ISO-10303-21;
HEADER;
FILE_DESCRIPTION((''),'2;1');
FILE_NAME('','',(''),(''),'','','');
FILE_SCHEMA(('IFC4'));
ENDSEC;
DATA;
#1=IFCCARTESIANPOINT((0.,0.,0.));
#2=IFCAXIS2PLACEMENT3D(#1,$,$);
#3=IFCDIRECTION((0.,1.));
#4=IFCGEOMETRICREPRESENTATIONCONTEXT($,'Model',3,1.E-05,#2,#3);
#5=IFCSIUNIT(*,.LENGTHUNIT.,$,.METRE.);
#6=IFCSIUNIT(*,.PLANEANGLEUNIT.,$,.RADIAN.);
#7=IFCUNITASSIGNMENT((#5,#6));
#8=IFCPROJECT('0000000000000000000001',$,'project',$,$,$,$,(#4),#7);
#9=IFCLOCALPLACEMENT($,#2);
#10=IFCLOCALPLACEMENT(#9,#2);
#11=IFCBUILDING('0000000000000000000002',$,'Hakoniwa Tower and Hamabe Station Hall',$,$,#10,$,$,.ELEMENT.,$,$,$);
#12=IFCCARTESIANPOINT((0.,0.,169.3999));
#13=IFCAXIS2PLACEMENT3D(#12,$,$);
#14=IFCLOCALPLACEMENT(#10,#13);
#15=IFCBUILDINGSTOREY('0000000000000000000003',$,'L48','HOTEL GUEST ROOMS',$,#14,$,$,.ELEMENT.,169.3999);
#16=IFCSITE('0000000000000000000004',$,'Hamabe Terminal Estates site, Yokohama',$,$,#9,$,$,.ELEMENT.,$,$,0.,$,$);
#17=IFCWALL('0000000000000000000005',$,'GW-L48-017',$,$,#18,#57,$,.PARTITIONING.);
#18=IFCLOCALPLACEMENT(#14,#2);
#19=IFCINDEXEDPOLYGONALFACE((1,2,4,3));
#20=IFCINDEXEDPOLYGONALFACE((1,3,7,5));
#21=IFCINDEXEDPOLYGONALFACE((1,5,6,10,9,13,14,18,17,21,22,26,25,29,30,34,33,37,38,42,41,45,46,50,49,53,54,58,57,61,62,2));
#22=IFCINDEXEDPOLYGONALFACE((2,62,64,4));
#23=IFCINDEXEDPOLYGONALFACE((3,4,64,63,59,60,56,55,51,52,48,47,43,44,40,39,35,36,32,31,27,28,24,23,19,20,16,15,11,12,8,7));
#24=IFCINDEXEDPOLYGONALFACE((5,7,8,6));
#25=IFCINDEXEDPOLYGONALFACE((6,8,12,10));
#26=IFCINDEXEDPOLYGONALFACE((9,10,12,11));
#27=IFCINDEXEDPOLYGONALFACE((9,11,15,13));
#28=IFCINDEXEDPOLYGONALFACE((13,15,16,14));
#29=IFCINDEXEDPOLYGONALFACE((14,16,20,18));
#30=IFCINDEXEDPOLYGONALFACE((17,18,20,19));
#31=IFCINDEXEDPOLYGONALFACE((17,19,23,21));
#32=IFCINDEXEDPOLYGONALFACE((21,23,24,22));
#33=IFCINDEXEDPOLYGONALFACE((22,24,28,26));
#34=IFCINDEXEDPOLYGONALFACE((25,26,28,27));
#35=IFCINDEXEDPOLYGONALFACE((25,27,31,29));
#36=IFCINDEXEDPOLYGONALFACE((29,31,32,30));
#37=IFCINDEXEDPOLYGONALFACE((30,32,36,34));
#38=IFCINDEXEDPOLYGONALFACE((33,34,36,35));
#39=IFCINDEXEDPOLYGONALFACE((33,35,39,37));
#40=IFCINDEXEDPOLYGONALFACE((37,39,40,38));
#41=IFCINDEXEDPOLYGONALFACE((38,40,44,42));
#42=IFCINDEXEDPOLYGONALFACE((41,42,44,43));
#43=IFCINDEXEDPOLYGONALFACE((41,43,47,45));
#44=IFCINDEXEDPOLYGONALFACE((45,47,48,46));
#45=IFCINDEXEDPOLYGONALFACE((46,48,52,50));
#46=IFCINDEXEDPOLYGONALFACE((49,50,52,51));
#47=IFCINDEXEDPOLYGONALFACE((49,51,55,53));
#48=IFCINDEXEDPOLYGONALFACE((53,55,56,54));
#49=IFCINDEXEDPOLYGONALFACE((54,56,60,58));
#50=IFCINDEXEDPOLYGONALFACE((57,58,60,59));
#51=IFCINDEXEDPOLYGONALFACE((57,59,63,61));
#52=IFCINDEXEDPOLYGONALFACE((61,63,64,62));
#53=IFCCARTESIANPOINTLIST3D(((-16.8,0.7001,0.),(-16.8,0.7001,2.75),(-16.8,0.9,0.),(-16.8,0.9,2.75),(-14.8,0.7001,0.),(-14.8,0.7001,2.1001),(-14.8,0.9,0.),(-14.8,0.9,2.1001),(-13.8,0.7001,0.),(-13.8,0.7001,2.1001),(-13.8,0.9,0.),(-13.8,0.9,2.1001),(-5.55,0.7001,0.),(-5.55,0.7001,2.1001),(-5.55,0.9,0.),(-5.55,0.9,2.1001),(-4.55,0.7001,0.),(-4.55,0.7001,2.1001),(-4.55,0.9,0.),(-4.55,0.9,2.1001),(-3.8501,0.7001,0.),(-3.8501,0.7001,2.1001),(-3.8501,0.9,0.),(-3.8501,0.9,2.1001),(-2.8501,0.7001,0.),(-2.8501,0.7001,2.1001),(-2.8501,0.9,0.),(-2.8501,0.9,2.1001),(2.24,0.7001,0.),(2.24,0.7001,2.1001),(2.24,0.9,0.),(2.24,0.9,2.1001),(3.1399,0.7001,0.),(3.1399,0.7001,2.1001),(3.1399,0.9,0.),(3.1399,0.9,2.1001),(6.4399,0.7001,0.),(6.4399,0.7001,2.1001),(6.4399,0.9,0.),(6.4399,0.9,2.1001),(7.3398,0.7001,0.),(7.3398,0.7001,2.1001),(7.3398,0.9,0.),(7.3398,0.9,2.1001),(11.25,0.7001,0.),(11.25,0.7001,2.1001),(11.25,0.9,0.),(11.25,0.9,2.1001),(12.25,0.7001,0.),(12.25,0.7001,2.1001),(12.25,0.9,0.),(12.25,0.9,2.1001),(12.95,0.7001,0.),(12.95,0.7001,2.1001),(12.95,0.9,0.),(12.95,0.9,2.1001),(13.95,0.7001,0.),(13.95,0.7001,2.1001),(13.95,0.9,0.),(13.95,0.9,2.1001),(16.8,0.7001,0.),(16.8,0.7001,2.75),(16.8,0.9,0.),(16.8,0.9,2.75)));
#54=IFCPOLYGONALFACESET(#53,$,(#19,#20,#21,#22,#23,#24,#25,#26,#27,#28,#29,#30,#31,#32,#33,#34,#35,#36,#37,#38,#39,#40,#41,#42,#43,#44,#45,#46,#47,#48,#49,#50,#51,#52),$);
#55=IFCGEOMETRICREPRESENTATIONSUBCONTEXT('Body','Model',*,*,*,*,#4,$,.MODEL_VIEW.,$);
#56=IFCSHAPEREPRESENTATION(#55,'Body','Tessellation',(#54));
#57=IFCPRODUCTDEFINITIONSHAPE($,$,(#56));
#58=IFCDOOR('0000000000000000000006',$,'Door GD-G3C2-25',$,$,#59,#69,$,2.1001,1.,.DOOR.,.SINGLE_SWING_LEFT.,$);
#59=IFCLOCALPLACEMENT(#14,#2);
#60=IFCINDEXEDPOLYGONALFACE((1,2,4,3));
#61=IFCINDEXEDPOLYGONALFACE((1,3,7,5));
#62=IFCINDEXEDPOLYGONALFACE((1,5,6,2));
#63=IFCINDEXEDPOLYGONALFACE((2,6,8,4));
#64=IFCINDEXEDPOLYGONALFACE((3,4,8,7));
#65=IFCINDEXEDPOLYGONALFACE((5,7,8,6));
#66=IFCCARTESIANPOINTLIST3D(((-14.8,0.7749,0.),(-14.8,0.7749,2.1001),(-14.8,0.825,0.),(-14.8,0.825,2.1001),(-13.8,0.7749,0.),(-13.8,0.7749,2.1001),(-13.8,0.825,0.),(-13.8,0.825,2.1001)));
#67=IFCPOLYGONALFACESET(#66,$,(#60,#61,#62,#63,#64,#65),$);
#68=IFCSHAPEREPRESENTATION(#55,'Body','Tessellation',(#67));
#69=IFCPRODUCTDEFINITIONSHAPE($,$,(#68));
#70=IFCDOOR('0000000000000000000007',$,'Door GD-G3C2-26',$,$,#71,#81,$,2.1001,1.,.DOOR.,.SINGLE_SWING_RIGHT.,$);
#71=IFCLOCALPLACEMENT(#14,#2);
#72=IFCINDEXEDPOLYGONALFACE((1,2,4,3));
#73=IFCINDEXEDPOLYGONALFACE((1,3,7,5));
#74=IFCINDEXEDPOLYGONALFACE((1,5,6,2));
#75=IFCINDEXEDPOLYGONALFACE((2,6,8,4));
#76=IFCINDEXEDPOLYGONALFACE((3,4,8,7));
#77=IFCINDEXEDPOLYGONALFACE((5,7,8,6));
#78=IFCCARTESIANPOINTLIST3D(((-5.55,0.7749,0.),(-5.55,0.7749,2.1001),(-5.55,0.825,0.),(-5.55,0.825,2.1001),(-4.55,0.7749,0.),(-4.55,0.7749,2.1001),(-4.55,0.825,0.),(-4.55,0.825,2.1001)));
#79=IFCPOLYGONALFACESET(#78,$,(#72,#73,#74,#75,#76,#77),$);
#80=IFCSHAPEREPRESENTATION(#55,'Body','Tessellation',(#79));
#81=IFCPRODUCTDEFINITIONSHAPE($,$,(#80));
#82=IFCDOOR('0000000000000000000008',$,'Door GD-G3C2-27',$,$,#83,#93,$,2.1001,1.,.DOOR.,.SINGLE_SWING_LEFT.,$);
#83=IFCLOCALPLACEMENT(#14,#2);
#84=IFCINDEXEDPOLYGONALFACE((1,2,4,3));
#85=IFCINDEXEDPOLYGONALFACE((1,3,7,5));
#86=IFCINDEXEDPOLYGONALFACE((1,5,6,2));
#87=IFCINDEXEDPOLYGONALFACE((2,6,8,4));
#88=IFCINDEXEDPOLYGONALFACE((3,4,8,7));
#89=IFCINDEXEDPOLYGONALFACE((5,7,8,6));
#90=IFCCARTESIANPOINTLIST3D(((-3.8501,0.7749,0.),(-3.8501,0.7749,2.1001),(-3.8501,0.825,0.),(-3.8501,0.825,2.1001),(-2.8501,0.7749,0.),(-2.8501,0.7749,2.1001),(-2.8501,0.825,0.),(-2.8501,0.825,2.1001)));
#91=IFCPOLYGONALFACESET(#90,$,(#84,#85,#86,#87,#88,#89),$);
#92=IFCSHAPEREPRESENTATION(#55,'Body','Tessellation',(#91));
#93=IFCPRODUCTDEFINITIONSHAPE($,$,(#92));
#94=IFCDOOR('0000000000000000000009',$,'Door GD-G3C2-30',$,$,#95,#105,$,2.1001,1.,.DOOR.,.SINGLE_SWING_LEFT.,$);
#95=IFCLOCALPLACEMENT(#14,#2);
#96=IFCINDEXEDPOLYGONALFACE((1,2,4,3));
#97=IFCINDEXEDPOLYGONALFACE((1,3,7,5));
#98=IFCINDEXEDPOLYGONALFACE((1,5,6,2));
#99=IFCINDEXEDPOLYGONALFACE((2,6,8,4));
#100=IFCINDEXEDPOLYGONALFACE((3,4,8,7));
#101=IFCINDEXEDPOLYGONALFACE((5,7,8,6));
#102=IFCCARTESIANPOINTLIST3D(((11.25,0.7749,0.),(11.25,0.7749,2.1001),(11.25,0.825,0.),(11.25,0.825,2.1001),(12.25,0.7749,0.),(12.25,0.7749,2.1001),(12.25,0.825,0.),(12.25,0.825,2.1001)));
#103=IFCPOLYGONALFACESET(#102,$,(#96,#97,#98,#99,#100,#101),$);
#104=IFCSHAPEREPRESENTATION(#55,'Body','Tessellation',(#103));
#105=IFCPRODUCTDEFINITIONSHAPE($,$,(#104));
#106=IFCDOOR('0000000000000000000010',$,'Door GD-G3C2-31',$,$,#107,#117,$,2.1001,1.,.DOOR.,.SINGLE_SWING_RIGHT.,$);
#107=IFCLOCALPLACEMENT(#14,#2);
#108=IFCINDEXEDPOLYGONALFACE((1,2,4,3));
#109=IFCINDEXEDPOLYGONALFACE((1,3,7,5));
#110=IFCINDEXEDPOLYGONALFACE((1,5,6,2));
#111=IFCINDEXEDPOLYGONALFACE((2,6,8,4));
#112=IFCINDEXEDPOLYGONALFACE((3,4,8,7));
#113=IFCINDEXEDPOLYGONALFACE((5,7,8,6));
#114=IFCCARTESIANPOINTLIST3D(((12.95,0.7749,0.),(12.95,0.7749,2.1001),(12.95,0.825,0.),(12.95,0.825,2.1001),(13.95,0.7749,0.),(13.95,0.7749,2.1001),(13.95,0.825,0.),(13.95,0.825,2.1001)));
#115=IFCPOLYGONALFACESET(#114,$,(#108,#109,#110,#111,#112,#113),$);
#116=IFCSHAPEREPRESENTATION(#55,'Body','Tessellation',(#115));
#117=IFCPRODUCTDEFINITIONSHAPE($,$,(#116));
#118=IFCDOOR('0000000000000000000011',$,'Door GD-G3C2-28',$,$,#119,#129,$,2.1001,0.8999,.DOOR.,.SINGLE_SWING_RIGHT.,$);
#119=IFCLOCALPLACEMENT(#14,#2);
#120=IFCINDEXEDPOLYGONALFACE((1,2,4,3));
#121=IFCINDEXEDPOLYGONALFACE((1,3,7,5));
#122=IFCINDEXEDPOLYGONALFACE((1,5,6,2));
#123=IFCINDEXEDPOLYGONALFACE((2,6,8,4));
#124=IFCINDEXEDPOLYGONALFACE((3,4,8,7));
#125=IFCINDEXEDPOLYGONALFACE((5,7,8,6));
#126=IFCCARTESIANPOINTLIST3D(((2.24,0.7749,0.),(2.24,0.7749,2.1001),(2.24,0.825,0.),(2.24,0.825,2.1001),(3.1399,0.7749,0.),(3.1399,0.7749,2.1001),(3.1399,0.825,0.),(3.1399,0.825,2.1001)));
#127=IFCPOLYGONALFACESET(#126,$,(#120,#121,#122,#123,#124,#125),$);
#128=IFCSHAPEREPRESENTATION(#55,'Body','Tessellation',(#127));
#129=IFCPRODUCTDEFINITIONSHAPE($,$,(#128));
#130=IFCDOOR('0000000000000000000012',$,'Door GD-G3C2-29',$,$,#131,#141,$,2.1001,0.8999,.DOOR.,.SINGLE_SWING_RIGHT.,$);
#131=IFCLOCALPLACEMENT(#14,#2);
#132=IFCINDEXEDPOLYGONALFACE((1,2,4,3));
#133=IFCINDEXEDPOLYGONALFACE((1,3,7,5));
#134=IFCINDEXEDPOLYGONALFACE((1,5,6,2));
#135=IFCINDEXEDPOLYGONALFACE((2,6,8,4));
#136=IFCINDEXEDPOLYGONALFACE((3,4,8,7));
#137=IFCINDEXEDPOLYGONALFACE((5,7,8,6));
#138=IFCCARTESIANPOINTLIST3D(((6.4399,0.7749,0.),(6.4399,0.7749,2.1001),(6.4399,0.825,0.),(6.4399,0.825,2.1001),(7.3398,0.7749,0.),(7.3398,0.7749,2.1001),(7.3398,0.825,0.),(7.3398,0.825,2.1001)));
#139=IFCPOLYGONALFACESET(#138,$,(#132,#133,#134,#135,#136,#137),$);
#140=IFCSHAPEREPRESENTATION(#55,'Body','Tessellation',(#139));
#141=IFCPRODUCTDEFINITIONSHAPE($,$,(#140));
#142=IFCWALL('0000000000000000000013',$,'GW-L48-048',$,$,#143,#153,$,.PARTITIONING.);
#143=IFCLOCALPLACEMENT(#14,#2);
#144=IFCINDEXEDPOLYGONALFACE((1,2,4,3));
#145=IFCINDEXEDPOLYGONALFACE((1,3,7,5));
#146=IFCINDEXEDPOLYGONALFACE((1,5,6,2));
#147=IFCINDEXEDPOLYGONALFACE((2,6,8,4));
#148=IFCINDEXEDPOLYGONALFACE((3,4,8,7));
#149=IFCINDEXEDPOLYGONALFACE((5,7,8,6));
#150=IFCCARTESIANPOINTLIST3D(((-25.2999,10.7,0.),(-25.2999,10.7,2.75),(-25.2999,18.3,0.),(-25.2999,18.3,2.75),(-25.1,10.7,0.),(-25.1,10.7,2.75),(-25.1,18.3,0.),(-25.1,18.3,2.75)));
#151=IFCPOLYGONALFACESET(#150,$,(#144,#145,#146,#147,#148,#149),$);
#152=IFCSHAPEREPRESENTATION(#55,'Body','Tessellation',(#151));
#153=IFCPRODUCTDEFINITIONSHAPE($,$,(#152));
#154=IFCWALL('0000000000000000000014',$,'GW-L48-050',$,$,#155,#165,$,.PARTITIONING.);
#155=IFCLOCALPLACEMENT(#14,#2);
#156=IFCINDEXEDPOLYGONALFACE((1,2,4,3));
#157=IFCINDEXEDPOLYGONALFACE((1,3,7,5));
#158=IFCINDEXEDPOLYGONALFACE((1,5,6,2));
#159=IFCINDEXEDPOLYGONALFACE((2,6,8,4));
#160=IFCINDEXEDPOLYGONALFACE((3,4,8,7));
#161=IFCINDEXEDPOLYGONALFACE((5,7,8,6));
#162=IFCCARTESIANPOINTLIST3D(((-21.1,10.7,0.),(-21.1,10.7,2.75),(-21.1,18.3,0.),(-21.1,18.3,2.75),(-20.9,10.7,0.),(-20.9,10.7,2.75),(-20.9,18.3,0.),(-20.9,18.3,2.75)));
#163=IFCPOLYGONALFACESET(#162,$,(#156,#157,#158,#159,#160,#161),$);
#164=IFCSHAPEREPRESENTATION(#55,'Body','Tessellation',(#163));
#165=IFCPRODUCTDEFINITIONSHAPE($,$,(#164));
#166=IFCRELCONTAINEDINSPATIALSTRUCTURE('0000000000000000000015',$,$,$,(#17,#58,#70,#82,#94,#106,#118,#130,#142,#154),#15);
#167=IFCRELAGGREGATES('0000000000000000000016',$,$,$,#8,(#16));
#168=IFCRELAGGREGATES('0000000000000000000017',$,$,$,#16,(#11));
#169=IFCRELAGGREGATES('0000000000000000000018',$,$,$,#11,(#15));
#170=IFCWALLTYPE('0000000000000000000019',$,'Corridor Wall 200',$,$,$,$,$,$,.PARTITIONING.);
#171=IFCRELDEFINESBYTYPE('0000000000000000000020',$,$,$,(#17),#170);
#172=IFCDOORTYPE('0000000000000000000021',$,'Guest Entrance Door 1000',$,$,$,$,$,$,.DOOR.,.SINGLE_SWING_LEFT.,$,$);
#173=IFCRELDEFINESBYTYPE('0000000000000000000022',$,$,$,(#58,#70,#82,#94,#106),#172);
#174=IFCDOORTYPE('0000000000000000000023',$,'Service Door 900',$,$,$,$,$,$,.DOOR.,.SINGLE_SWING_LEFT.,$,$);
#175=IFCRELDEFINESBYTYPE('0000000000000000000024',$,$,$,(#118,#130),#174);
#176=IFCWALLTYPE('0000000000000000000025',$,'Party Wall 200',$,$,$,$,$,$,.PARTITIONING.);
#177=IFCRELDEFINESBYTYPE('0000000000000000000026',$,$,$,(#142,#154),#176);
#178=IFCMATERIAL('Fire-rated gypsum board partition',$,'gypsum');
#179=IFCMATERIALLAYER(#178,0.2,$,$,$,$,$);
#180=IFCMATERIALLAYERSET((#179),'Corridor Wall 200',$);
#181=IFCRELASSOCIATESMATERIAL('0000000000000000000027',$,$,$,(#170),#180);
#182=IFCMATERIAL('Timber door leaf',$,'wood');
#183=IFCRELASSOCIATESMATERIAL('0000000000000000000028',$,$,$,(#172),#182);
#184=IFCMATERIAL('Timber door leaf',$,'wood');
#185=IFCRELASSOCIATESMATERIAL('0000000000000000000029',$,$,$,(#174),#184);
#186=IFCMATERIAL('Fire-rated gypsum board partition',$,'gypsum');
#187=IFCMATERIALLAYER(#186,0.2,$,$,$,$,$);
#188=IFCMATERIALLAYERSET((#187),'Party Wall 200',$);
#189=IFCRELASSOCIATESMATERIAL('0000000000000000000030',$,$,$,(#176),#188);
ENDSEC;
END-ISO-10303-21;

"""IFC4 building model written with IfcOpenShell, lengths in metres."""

from ifc_helpers import new_model, si_unit, direction, frame, frame_2d, origin, place, context, subcontext, project, spatial, rectangle, extrude, material, layer, layer_set, type_object, element, fill, save


model = new_model("IFC4")

# Units and contexts
model_context = context("Model", 3, precision=1e-05, world=origin(), true_north=direction((0.0, 1.0)))
body_context = subcontext(model_context, "Body", "Model", "MODEL_VIEW")
ifc_project = project(units=[si_unit("LENGTHUNIT", "METRE"), si_unit("PLANEANGLEUNIT", "RADIAN")], contexts=[model_context])

# Site, building, storey
site_placement = place(None, origin())
site = spatial("IfcSite", under=ifc_project, at=site_placement, Name="Hamabe Terminal Estates site, Yokohama", CompositionType="ELEMENT", RefElevation=0.0)
building_placement = place(site_placement, origin())
building = spatial("IfcBuilding", under=site, at=building_placement, Name="Hakoniwa Tower and Hamabe Station Hall", CompositionType="ELEMENT")
storey_placement = place(building_placement, frame((0.0, 0.0, 169.3999)))
storey = spatial("IfcBuildingStorey", under=building, at=storey_placement, Name="L48", Description="HOTEL GUEST ROOMS", CompositionType="ELEMENT", Elevation=169.3999)

# Wall, openings, doors
ifc_material_1 = material(Name="Fire-rated gypsum board partition", Category="gypsum")
ifc_layer_1 = layer(ifc_material_1, 0.2)
ifc_layer_set_1 = layer_set([ifc_layer_1], Name="Corridor Wall 200")
wall_type_1 = type_object("IfcWallType", Name="Corridor Wall 200", PredefinedType="PARTITIONING", material=ifc_layer_set_1)
wall_1_placement = place(storey_placement, frame((-16.8, 0.8, 0.0), z_axis=(0.0, 0.0, 1.0), x_axis=(1.0, 0.0, 0.0)))
wall_1 = element("IfcWall", 1, at=wall_1_placement, inside=storey, type_object=wall_type_1, Name="GW-L48-017", PredefinedType="PARTITIONING", context=body_context, shape_type="SweptSolid", body=[
    extrude(rectangle(XDim=33.6001, YDim=0.2, at=frame_2d((16.8, 0.0))), origin(), (0.0, 0.0, 1.0), 2.75),
])
opening_1_placement = place(wall_1_placement, frame((2.0, 0.0, 0.0)))
opening_1 = element("IfcOpeningElement", 2, at=opening_1_placement, cuts=wall_1, PredefinedType="OPENING", context=body_context, shape_type="SweptSolid", body=[
    extrude(rectangle(XDim=1.0, YDim=2.1001, at=frame_2d((0.5, 1.05))), frame((0.0, 0.1099, 0.0), z_axis=(0.0, -1.0, 0.0), x_axis=(1.0, 0.0, 0.0)), (0.0, 0.0, 1.0), 0.22),
])
opening_2_placement = place(wall_1_placement, frame((11.25, 0.0, 0.0)))
opening_2 = element("IfcOpeningElement", 3, at=opening_2_placement, cuts=wall_1, PredefinedType="OPENING", context=body_context, shape_type="SweptSolid", body=[
    extrude(rectangle(XDim=1.0, YDim=2.1001, at=frame_2d((0.5, 1.05))), frame((0.0, 0.1099, 0.0), z_axis=(0.0, -1.0, 0.0), x_axis=(1.0, 0.0, 0.0)), (0.0, 0.0, 1.0), 0.22),
])
opening_3_placement = place(wall_1_placement, frame((12.95, 0.0, 0.0)))
opening_3 = element("IfcOpeningElement", 4, at=opening_3_placement, cuts=wall_1, PredefinedType="OPENING", context=body_context, shape_type="SweptSolid", body=[
    extrude(rectangle(XDim=1.0, YDim=2.1001, at=frame_2d((0.5, 1.05))), frame((0.0, 0.1099, 0.0), z_axis=(0.0, -1.0, 0.0), x_axis=(1.0, 0.0, 0.0)), (0.0, 0.0, 1.0), 0.22),
])
opening_4_placement = place(wall_1_placement, frame((19.04, 0.0, 0.0)))
opening_4 = element("IfcOpeningElement", 5, at=opening_4_placement, cuts=wall_1, PredefinedType="OPENING", context=body_context, shape_type="SweptSolid", body=[
    extrude(rectangle(XDim=0.8999, YDim=2.1001, at=frame_2d((0.45, 1.05))), frame((0.0, 0.1099, 0.0), z_axis=(0.0, -1.0, 0.0), x_axis=(1.0, 0.0, 0.0)), (0.0, 0.0, 1.0), 0.22),
])
opening_5_placement = place(wall_1_placement, frame((23.24, 0.0, 0.0)))
opening_5 = element("IfcOpeningElement", 6, at=opening_5_placement, cuts=wall_1, PredefinedType="OPENING", context=body_context, shape_type="SweptSolid", body=[
    extrude(rectangle(XDim=0.8999, YDim=2.1001, at=frame_2d((0.45, 1.05))), frame((0.0, 0.1099, 0.0), z_axis=(0.0, -1.0, 0.0), x_axis=(1.0, 0.0, 0.0)), (0.0, 0.0, 1.0), 0.22),
])
opening_6_placement = place(wall_1_placement, frame((28.05, 0.0, 0.0)))
opening_6 = element("IfcOpeningElement", 7, at=opening_6_placement, cuts=wall_1, PredefinedType="OPENING", context=body_context, shape_type="SweptSolid", body=[
    extrude(rectangle(XDim=1.0, YDim=2.1001, at=frame_2d((0.5, 1.05))), frame((0.0, 0.1099, 0.0), z_axis=(0.0, -1.0, 0.0), x_axis=(1.0, 0.0, 0.0)), (0.0, 0.0, 1.0), 0.22),
])
opening_7_placement = place(wall_1_placement, frame((29.75, 0.0, 0.0)))
opening_7 = element("IfcOpeningElement", 8, at=opening_7_placement, cuts=wall_1, PredefinedType="OPENING", context=body_context, shape_type="SweptSolid", body=[
    extrude(rectangle(XDim=1.0, YDim=2.1001, at=frame_2d((0.5, 1.05))), frame((0.0, 0.1099, 0.0), z_axis=(0.0, -1.0, 0.0), x_axis=(1.0, 0.0, 0.0)), (0.0, 0.0, 1.0), 0.22),
])
ifc_material_2 = material(Name="Timber door leaf", Category="wood")
door_type_1 = type_object("IfcDoorType", Name="Guest Entrance Door 1000", OperationType="SINGLE_SWING_LEFT", PredefinedType="DOOR", material=ifc_material_2)
door_1_placement = place(opening_1_placement, origin())
door_1 = element("IfcDoor", 9, at=door_1_placement, inside=storey, type_object=door_type_1, Name="Door GD-G3C2-25", OperationType="SINGLE_SWING_LEFT", OverallHeight=2.1001, OverallWidth=1.0, PredefinedType="DOOR", context=body_context, shape_type="SweptSolid", body=[
    extrude(rectangle(XDim=1.0, YDim=2.1001, at=frame_2d((0.5, 1.05))), frame((0.0, 0.0249, 0.0), z_axis=(0.0, -1.0, 0.0), x_axis=(1.0, 0.0, 0.0)), (0.0, 0.0, 1.0), 0.05),
])
fill(opening_1, door_1)
door_2_placement = place(opening_2_placement, origin())
door_2 = element("IfcDoor", 10, at=door_2_placement, inside=storey, type_object=door_type_1, Name="Door GD-G3C2-26", OperationType="SINGLE_SWING_RIGHT", OverallHeight=2.1001, OverallWidth=1.0, PredefinedType="DOOR", context=body_context, shape_type="SweptSolid", body=[
    extrude(rectangle(XDim=1.0, YDim=2.1001, at=frame_2d((0.5, 1.05))), frame((0.0, 0.0249, 0.0), z_axis=(0.0, -1.0, 0.0), x_axis=(1.0, 0.0, 0.0)), (0.0, 0.0, 1.0), 0.05),
])
fill(opening_2, door_2)
door_3_placement = place(opening_3_placement, origin())
door_3 = element("IfcDoor", 11, at=door_3_placement, inside=storey, type_object=door_type_1, Name="Door GD-G3C2-27", OperationType="SINGLE_SWING_LEFT", OverallHeight=2.1001, OverallWidth=1.0, PredefinedType="DOOR", context=body_context, shape_type="SweptSolid", body=[
    extrude(rectangle(XDim=1.0, YDim=2.1001, at=frame_2d((0.5, 1.05))), frame((0.0, 0.0249, 0.0), z_axis=(0.0, -1.0, 0.0), x_axis=(1.0, 0.0, 0.0)), (0.0, 0.0, 1.0), 0.05),
])
fill(opening_3, door_3)
door_4_placement = place(opening_6_placement, origin())
door_4 = element("IfcDoor", 12, at=door_4_placement, inside=storey, type_object=door_type_1, Name="Door GD-G3C2-30", OperationType="SINGLE_SWING_LEFT", OverallHeight=2.1001, OverallWidth=1.0, PredefinedType="DOOR", context=body_context, shape_type="SweptSolid", body=[
    extrude(rectangle(XDim=1.0, YDim=2.1001, at=frame_2d((0.5, 1.05))), frame((0.0, 0.0249, 0.0), z_axis=(0.0, -1.0, 0.0), x_axis=(1.0, 0.0, 0.0)), (0.0, 0.0, 1.0), 0.05),
])
fill(opening_6, door_4)
door_5_placement = place(opening_7_placement, origin())
door_5 = element("IfcDoor", 13, at=door_5_placement, inside=storey, type_object=door_type_1, Name="Door GD-G3C2-31", OperationType="SINGLE_SWING_RIGHT", OverallHeight=2.1001, OverallWidth=1.0, PredefinedType="DOOR", context=body_context, shape_type="SweptSolid", body=[
    extrude(rectangle(XDim=1.0, YDim=2.1001, at=frame_2d((0.5, 1.05))), frame((0.0, 0.0249, 0.0), z_axis=(0.0, -1.0, 0.0), x_axis=(1.0, 0.0, 0.0)), (0.0, 0.0, 1.0), 0.05),
])
fill(opening_7, door_5)
ifc_material_3 = material(Name="Timber door leaf", Category="wood")
door_type_2 = type_object("IfcDoorType", Name="Service Door 900", OperationType="SINGLE_SWING_LEFT", PredefinedType="DOOR", material=ifc_material_3)
door_6_placement = place(opening_4_placement, origin())
door_6 = element("IfcDoor", 14, at=door_6_placement, inside=storey, type_object=door_type_2, Name="Door GD-G3C2-28", OperationType="SINGLE_SWING_RIGHT", OverallHeight=2.1001, OverallWidth=0.8999, PredefinedType="DOOR", context=body_context, shape_type="SweptSolid", body=[
    extrude(rectangle(XDim=0.8999, YDim=2.1001, at=frame_2d((0.45, 1.05))), frame((0.0, 0.0249, 0.0), z_axis=(0.0, -1.0, 0.0), x_axis=(1.0, 0.0, 0.0)), (0.0, 0.0, 1.0), 0.05),
])
fill(opening_4, door_6)
door_7_placement = place(opening_5_placement, origin())
door_7 = element("IfcDoor", 15, at=door_7_placement, inside=storey, type_object=door_type_2, Name="Door GD-G3C2-29", OperationType="SINGLE_SWING_RIGHT", OverallHeight=2.1001, OverallWidth=0.8999, PredefinedType="DOOR", context=body_context, shape_type="SweptSolid", body=[
    extrude(rectangle(XDim=0.8999, YDim=2.1001, at=frame_2d((0.45, 1.05))), frame((0.0, 0.0249, 0.0), z_axis=(0.0, -1.0, 0.0), x_axis=(1.0, 0.0, 0.0)), (0.0, 0.0, 1.0), 0.05),
])
fill(opening_5, door_7)

# Walls
ifc_material_4 = material(Name="Fire-rated gypsum board partition", Category="gypsum")
ifc_layer_2 = layer(ifc_material_4, 0.2)
ifc_layer_set_2 = layer_set([ifc_layer_2], Name="Party Wall 200")
wall_type_2 = type_object("IfcWallType", Name="Party Wall 200", PredefinedType="PARTITIONING", material=ifc_layer_set_2)
for number, where, z_axis, x_axis, name in (
    (16, (-25.2, 10.7, 0.0), (0.0, 0.0, 1.0), (0.0, 1.0, 0.0), "GW-L48-048"),
    (17, (-21.0, 10.7, 0.0), (0.0, 0.0, 1.0), (0.0, 1.0, 0.0), "GW-L48-050"),
):
    element("IfcWall", number, at=place(storey_placement, frame(where, z_axis=z_axis, x_axis=x_axis)), inside=storey, type_object=wall_type_2, Name=name, PredefinedType="PARTITIONING", context=body_context, shape_type="SweptSolid", body=[
        extrude(rectangle(XDim=7.6001, YDim=0.2, at=frame_2d((3.8, 0.0))), origin(), (0.0, 0.0, 1.0), 2.75),
    ])

save(model, "model.ifc")
